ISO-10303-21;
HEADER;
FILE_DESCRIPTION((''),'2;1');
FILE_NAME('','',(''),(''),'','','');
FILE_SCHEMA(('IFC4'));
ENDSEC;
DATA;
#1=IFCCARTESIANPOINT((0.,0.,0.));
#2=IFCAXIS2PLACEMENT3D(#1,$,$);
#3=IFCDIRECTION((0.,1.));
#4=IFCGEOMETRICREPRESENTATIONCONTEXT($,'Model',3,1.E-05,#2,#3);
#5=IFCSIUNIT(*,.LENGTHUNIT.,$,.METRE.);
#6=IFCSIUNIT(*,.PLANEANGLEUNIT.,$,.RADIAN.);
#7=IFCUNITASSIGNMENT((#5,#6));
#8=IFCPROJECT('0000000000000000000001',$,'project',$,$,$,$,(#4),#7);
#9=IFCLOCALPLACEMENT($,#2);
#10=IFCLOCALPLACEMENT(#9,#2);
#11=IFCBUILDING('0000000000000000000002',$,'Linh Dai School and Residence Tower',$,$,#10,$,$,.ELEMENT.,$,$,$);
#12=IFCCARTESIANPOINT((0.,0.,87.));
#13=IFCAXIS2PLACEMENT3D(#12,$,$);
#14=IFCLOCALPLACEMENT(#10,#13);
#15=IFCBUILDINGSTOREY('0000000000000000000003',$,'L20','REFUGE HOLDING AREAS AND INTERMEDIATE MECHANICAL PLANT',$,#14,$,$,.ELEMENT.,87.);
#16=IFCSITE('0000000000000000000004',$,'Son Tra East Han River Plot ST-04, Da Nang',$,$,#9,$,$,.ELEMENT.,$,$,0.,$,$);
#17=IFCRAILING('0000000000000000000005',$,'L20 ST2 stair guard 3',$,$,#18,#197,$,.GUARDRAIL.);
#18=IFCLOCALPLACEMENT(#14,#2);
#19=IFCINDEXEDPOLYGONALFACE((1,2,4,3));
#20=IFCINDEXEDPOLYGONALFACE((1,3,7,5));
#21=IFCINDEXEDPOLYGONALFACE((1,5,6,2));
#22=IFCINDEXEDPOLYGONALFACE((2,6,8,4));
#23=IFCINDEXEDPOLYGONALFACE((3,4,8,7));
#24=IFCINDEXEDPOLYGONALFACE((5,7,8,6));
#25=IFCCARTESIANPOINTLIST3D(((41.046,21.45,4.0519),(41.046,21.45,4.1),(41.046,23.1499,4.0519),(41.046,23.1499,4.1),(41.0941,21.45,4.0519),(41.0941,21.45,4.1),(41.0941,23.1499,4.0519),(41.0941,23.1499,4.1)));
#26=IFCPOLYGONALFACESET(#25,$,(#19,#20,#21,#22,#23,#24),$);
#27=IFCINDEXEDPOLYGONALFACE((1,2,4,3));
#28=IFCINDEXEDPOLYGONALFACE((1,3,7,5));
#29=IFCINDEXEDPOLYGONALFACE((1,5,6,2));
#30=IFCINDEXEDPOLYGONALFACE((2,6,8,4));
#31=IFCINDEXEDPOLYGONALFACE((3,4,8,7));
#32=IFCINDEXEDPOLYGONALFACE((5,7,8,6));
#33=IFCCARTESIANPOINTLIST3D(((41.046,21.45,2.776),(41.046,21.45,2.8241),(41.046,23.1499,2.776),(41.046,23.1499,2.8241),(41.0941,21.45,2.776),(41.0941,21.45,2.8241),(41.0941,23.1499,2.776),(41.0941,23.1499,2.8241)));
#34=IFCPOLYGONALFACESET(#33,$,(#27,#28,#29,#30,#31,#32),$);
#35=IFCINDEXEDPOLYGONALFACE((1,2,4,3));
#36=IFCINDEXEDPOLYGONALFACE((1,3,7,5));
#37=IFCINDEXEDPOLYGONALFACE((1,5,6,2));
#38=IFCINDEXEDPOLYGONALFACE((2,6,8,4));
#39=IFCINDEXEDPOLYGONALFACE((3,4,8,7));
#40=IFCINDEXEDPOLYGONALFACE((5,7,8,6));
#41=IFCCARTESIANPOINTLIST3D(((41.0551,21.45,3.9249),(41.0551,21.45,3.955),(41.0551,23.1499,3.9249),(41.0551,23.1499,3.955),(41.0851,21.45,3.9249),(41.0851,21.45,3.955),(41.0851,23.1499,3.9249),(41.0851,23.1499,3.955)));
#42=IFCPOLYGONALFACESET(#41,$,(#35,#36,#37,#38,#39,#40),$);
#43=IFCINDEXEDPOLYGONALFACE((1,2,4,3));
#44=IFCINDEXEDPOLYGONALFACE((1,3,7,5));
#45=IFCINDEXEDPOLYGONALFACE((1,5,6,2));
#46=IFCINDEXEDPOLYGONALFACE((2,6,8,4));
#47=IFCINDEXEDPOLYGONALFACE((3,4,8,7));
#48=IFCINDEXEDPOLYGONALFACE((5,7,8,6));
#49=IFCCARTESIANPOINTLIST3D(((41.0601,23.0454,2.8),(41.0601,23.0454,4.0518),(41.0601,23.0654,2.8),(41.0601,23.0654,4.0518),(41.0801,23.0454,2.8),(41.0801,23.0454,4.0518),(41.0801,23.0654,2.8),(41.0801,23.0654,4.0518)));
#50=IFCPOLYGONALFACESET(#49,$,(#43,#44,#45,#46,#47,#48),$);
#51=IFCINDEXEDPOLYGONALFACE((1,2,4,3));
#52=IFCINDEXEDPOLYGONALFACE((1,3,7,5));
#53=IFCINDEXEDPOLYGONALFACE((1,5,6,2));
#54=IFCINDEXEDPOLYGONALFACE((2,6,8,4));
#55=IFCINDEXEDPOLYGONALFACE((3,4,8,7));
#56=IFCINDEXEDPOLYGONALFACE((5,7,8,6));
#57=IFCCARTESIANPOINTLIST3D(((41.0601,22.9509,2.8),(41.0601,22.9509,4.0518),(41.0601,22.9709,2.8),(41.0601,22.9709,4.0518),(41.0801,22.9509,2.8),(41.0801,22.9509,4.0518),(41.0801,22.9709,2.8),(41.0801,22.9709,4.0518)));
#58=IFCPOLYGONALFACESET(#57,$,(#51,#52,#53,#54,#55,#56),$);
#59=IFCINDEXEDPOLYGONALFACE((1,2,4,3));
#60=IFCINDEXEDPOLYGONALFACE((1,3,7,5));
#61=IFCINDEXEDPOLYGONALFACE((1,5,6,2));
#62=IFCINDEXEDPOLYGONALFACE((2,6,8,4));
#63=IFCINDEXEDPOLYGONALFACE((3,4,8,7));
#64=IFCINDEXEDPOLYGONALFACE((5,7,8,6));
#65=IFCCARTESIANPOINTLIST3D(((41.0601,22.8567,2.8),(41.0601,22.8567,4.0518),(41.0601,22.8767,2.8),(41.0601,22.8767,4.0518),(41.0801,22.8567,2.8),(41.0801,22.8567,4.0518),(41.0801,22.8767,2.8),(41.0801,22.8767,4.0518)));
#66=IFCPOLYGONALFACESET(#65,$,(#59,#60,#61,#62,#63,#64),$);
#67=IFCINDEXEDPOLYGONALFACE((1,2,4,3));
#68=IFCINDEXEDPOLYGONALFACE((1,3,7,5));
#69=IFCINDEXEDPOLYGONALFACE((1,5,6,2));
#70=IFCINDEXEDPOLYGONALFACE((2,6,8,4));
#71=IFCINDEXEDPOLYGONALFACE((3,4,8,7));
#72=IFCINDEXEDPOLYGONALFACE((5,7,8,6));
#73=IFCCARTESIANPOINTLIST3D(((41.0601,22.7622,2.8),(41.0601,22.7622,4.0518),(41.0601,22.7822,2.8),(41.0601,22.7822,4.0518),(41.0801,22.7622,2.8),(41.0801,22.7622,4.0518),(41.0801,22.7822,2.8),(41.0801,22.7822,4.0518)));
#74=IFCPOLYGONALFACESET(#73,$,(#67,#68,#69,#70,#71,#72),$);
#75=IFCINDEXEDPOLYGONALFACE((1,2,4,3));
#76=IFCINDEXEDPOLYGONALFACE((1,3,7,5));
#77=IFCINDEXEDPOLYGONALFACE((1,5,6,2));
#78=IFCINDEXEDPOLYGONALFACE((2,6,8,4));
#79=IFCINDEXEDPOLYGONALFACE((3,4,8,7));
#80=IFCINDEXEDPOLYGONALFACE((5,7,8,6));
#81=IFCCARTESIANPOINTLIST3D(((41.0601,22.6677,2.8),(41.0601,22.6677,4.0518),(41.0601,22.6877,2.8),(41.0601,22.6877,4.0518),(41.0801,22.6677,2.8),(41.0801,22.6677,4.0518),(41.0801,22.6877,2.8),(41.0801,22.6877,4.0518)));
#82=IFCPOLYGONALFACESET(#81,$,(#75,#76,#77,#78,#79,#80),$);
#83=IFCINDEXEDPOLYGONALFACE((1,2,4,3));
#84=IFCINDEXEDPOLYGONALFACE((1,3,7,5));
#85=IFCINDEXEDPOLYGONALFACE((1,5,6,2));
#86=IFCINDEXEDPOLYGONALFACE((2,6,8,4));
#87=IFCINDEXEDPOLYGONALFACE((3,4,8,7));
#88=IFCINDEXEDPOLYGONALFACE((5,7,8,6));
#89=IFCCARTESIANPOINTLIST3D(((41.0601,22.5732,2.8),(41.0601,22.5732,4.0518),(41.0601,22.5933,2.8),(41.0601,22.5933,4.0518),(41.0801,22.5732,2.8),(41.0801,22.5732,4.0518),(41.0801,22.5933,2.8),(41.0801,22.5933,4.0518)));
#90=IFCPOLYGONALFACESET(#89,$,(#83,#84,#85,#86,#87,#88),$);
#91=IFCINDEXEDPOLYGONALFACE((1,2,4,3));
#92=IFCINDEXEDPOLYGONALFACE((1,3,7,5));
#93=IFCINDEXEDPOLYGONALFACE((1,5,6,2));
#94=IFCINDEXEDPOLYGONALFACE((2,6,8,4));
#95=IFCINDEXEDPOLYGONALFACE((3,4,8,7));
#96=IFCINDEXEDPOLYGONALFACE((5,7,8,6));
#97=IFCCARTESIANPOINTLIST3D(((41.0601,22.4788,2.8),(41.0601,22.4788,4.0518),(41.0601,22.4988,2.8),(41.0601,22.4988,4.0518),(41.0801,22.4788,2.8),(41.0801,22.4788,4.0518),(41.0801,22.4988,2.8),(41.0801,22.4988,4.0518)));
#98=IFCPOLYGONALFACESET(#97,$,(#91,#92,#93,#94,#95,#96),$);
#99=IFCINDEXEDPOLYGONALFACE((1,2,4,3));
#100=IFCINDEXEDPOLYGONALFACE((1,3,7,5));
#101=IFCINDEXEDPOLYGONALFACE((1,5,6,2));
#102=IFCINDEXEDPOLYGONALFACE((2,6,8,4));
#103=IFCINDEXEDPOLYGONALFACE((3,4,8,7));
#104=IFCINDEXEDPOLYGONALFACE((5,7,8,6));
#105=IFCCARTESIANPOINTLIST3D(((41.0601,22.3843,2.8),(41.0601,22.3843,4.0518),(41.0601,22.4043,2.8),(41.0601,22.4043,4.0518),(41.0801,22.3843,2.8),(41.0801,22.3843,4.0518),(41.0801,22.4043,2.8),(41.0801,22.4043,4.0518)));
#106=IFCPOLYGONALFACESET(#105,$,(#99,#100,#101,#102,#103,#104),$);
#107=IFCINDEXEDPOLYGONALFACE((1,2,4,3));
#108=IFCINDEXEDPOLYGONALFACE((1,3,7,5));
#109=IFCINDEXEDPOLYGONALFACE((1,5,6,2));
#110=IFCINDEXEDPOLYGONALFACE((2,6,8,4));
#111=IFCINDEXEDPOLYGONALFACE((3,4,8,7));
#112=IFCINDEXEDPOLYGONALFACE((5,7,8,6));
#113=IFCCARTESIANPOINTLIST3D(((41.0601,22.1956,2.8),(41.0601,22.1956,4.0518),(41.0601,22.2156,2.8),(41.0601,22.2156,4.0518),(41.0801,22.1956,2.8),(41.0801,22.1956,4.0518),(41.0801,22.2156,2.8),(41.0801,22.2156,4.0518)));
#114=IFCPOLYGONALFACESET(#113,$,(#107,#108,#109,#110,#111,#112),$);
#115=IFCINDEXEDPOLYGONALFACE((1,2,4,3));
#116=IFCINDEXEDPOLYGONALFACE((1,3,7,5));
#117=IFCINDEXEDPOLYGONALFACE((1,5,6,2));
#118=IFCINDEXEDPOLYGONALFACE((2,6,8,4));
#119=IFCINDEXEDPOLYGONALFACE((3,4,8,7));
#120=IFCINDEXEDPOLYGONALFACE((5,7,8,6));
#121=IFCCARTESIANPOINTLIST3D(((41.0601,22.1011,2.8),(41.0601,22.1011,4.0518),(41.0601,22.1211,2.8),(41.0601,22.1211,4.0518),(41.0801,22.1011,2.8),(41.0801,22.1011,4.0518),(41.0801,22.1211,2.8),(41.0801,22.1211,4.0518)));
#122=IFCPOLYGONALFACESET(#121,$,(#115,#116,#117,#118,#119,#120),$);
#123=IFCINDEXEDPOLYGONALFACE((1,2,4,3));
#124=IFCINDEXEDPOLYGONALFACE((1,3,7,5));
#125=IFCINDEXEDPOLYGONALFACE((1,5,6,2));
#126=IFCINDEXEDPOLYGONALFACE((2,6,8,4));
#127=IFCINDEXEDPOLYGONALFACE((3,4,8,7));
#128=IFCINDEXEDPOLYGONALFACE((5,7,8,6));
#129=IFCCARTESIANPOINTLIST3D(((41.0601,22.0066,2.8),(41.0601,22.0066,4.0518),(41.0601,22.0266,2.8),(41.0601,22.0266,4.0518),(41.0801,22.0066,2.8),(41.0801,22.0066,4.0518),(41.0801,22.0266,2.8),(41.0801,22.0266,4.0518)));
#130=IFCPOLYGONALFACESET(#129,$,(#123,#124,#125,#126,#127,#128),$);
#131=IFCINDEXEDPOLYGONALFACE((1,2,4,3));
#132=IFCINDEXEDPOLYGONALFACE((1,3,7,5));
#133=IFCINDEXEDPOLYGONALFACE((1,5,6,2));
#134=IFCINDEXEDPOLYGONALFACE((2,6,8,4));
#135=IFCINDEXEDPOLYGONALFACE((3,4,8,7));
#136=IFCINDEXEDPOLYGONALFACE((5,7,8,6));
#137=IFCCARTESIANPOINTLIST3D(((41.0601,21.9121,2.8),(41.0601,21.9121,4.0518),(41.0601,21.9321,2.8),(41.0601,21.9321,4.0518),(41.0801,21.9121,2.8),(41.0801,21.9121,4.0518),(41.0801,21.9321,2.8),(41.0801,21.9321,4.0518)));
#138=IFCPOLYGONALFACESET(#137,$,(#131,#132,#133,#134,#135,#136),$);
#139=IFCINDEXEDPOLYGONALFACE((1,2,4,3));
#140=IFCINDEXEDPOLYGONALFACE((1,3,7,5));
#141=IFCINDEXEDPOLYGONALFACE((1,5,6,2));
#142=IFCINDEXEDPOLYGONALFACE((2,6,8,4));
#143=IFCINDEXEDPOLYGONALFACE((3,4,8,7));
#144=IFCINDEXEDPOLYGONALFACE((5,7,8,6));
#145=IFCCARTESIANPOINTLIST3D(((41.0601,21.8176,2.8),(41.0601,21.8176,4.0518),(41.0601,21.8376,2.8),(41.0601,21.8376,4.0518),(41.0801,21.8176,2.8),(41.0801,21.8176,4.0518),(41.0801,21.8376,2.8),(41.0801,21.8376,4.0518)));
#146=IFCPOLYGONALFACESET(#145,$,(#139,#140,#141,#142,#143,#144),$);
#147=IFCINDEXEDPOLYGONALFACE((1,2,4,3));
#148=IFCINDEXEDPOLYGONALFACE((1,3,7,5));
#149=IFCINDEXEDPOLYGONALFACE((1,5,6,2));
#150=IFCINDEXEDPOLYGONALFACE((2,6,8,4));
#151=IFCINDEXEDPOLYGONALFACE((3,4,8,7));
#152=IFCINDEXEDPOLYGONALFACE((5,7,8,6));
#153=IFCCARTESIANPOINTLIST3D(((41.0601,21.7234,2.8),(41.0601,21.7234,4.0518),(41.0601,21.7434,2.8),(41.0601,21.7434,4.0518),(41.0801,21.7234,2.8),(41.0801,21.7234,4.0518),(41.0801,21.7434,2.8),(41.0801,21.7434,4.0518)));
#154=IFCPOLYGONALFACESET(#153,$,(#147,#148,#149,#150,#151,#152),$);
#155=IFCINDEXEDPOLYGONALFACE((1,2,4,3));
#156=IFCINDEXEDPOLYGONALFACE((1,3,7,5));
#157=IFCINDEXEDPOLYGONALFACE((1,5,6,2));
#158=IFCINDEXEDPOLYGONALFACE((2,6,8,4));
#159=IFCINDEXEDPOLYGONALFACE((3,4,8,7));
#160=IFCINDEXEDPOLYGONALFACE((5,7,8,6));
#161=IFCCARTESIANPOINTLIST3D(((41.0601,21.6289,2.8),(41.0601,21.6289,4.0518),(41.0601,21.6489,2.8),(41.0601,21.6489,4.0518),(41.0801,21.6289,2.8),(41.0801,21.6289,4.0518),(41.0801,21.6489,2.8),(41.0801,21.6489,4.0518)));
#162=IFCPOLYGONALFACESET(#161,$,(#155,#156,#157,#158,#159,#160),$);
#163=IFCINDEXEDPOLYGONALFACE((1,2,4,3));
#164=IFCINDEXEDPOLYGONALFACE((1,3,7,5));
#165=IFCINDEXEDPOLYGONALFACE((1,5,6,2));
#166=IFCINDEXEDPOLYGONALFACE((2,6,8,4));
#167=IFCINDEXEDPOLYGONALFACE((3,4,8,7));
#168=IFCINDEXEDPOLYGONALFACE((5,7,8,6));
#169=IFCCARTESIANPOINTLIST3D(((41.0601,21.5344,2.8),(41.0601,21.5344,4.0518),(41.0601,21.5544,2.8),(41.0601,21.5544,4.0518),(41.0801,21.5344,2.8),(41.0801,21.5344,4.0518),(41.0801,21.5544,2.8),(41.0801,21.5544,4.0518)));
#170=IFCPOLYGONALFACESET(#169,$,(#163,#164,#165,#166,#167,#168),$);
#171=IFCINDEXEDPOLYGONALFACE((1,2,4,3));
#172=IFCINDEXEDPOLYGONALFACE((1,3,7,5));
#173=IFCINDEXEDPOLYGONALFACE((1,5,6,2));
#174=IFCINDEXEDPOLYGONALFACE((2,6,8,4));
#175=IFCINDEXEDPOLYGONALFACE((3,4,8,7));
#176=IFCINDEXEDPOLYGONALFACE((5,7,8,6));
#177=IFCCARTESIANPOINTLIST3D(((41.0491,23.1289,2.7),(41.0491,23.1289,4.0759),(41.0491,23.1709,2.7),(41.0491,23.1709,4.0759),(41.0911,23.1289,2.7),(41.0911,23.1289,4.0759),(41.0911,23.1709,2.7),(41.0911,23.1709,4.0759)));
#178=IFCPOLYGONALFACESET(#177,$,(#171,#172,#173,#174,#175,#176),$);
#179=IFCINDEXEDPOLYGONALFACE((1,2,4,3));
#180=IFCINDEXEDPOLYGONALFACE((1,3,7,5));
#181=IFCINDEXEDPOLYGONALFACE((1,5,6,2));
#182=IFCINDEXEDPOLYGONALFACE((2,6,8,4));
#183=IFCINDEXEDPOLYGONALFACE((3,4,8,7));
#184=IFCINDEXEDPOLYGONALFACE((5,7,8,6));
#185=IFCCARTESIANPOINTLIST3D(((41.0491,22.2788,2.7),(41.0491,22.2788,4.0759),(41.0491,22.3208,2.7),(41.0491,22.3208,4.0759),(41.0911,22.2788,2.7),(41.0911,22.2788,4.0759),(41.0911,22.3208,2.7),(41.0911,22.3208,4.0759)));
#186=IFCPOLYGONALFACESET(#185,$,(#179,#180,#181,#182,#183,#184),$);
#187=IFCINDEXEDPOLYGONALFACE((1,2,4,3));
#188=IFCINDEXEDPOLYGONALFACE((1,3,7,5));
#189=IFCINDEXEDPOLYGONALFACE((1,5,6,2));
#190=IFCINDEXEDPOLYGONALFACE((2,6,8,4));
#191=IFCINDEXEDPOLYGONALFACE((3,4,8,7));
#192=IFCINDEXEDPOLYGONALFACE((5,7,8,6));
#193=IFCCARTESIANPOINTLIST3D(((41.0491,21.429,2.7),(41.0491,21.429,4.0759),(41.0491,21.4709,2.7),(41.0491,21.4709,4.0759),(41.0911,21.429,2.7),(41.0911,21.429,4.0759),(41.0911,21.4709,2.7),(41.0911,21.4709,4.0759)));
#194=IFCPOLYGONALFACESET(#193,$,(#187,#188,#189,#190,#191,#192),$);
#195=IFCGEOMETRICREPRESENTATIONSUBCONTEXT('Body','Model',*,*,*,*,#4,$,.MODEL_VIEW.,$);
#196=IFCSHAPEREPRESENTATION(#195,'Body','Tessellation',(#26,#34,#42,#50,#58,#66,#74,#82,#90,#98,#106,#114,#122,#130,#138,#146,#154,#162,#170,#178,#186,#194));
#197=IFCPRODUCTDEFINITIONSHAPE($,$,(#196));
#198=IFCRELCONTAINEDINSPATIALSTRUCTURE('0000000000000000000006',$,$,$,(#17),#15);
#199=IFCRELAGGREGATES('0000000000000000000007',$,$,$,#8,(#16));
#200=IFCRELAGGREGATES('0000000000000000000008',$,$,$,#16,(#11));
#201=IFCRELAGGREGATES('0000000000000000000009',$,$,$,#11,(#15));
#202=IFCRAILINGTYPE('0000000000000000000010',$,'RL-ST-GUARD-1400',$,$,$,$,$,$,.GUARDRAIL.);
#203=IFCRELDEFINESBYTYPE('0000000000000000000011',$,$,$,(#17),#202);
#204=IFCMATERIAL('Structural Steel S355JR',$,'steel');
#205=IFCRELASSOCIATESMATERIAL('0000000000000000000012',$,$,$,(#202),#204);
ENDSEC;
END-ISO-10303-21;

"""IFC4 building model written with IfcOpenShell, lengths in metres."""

from ifc_helpers import new_model, si_unit, direction, frame, origin, origin_2d, place, context, subcontext, project, spatial, rectangle, extrude, source, transform, mapped, material, type_object, element, save


model = new_model("IFC4")

# Units and contexts
model_context = context("Model", 3, precision=1e-05, world=origin(), true_north=direction((0.0, 1.0)))
body_context = subcontext(model_context, "Body", "Model", "MODEL_VIEW")
ifc_project = project(units=[si_unit("LENGTHUNIT", "METRE"), si_unit("PLANEANGLEUNIT", "RADIAN")], contexts=[model_context])

# Site, building, storey
site_placement = place(None, origin())
site = spatial("IfcSite", under=ifc_project, at=site_placement, Name="Son Tra East Han River Plot ST-04, Da Nang", CompositionType="ELEMENT", RefElevation=0.0)
building_placement = place(site_placement, origin())
building = spatial("IfcBuilding", under=site, at=building_placement, Name="Linh Dai School and Residence Tower", CompositionType="ELEMENT")
storey_placement = place(building_placement, frame((0.0, 0.0, 87.0)))
storey = spatial("IfcBuildingStorey", under=building, at=storey_placement, Name="L20", Description="REFUGE HOLDING AREAS AND INTERMEDIATE MECHANICAL PLANT", CompositionType="ELEMENT", Elevation=87.0)

# Shared definitions
ifc_material_1 = material(Name="Structural Steel S355JR", Category="steel")

# Railing
railing_type_1 = type_object("IfcRailingType", Name="RL-ST-GUARD-1400", PredefinedType="GUARDRAIL", material=ifc_material_1)
shared_shape_1 = source(origin(), body_context, "Body", "SweptSolid", [
    extrude(rectangle(XDim=0.0481, YDim=0.0481, at=origin_2d()), frame((0.0, 0.0, 1.376), z_axis=(0.0, -1.0, 0.0), x_axis=(1.0, 0.0, 0.0)), (0.0, 0.0, 1.0), 1.7),
    extrude(rectangle(XDim=0.0481, YDim=0.0481, at=origin_2d()), frame((0.0, 0.0, 0.1001), z_axis=(0.0, -1.0, 0.0), x_axis=(1.0, 0.0, 0.0)), (0.0, 0.0, 1.0), 1.7),
    extrude(rectangle(XDim=0.03, YDim=0.03, at=origin_2d()), frame((0.0, 0.0, 1.24), z_axis=(0.0, -1.0, 0.0), x_axis=(1.0, 0.0, 0.0)), (0.0, 0.0, 1.0), 1.7),
    extrude(rectangle(XDim=0.02, YDim=0.02, at=origin_2d()), frame((0.0, -0.0945, 0.1001)), (0.0, 0.0, 1.0), 1.2517),
    extrude(rectangle(XDim=0.02, YDim=0.02, at=origin_2d()), frame((0.0, -0.189, 0.1001)), (0.0, 0.0, 1.0), 1.2517),
    extrude(rectangle(XDim=0.02, YDim=0.02, at=origin_2d()), frame((0.0, -0.2832, 0.1001)), (0.0, 0.0, 1.0), 1.2517),
    extrude(rectangle(XDim=0.02, YDim=0.02, at=origin_2d()), frame((0.0, -0.3777, 0.1001)), (0.0, 0.0, 1.0), 1.2517),
    extrude(rectangle(XDim=0.02, YDim=0.02, at=origin_2d()), frame((0.0, -0.4722, 0.1001)), (0.0, 0.0, 1.0), 1.2517),
    extrude(rectangle(XDim=0.02, YDim=0.02, at=origin_2d()), frame((0.0, -0.5667, 0.1001)), (0.0, 0.0, 1.0), 1.2517),
    extrude(rectangle(XDim=0.02, YDim=0.02, at=origin_2d()), frame((0.0, -0.6611, 0.1001)), (0.0, 0.0, 1.0), 1.2517),
    extrude(rectangle(XDim=0.02, YDim=0.02, at=origin_2d()), frame((0.0, -0.7556, 0.1001)), (0.0, 0.0, 1.0), 1.2517),
    extrude(rectangle(XDim=0.02, YDim=0.02, at=origin_2d()), frame((0.0, -0.9443, 0.1001)), (0.0, 0.0, 1.0), 1.2517),
    extrude(rectangle(XDim=0.02, YDim=0.02, at=origin_2d()), frame((0.0, -1.0388, 0.1001)), (0.0, 0.0, 1.0), 1.2517),
    extrude(rectangle(XDim=0.02, YDim=0.02, at=origin_2d()), frame((0.0, -1.1333, 0.1001)), (0.0, 0.0, 1.0), 1.2517),
    extrude(rectangle(XDim=0.02, YDim=0.02, at=origin_2d()), frame((0.0, -1.2278, 0.1001)), (0.0, 0.0, 1.0), 1.2517),
    extrude(rectangle(XDim=0.02, YDim=0.02, at=origin_2d()), frame((0.0, -1.3223, 0.1001)), (0.0, 0.0, 1.0), 1.2517),
    extrude(rectangle(XDim=0.02, YDim=0.02, at=origin_2d()), frame((0.0, -1.4165, 0.1001)), (0.0, 0.0, 1.0), 1.2517),
    extrude(rectangle(XDim=0.02, YDim=0.02, at=origin_2d()), frame((0.0, -1.511, 0.1001)), (0.0, 0.0, 1.0), 1.2517),
    extrude(rectangle(XDim=0.02, YDim=0.02, at=origin_2d()), frame((0.0, -1.6055, 0.1001)), (0.0, 0.0, 1.0), 1.2517),
    extrude(rectangle(XDim=0.042, YDim=0.042, at=origin_2d()), origin(), (0.0, 0.0, 1.0), 1.376),
    extrude(rectangle(XDim=0.042, YDim=0.042, at=origin_2d()), frame((0.0, -0.8501, 0.0)), (0.0, 0.0, 1.0), 1.376),
    extrude(rectangle(XDim=0.042, YDim=0.042, at=origin_2d()), frame((0.0, -1.7, 0.0)), (0.0, 0.0, 1.0), 1.376),
])
for number, where, name in (
    (1, (41.0701, 23.1499, 2.7), "L20 ST2 stair guard 3"),
):
    element("IfcRailing", number, at=place(storey_placement, frame(where)), inside=storey, type_object=railing_type_1, Name=name, PredefinedType="GUARDRAIL", context=body_context, shape_type="MappedRepresentation", body=[
        mapped(shared_shape_1, transform((0.0, 0.0, 0.0), x_axis=(1.0, 0.0, 0.0), y_axis=(0.0, 1.0, 0.0), z_axis=(0.0, 0.0, 1.0), scale=1.0)),
    ])

save(model, "model.ifc")
